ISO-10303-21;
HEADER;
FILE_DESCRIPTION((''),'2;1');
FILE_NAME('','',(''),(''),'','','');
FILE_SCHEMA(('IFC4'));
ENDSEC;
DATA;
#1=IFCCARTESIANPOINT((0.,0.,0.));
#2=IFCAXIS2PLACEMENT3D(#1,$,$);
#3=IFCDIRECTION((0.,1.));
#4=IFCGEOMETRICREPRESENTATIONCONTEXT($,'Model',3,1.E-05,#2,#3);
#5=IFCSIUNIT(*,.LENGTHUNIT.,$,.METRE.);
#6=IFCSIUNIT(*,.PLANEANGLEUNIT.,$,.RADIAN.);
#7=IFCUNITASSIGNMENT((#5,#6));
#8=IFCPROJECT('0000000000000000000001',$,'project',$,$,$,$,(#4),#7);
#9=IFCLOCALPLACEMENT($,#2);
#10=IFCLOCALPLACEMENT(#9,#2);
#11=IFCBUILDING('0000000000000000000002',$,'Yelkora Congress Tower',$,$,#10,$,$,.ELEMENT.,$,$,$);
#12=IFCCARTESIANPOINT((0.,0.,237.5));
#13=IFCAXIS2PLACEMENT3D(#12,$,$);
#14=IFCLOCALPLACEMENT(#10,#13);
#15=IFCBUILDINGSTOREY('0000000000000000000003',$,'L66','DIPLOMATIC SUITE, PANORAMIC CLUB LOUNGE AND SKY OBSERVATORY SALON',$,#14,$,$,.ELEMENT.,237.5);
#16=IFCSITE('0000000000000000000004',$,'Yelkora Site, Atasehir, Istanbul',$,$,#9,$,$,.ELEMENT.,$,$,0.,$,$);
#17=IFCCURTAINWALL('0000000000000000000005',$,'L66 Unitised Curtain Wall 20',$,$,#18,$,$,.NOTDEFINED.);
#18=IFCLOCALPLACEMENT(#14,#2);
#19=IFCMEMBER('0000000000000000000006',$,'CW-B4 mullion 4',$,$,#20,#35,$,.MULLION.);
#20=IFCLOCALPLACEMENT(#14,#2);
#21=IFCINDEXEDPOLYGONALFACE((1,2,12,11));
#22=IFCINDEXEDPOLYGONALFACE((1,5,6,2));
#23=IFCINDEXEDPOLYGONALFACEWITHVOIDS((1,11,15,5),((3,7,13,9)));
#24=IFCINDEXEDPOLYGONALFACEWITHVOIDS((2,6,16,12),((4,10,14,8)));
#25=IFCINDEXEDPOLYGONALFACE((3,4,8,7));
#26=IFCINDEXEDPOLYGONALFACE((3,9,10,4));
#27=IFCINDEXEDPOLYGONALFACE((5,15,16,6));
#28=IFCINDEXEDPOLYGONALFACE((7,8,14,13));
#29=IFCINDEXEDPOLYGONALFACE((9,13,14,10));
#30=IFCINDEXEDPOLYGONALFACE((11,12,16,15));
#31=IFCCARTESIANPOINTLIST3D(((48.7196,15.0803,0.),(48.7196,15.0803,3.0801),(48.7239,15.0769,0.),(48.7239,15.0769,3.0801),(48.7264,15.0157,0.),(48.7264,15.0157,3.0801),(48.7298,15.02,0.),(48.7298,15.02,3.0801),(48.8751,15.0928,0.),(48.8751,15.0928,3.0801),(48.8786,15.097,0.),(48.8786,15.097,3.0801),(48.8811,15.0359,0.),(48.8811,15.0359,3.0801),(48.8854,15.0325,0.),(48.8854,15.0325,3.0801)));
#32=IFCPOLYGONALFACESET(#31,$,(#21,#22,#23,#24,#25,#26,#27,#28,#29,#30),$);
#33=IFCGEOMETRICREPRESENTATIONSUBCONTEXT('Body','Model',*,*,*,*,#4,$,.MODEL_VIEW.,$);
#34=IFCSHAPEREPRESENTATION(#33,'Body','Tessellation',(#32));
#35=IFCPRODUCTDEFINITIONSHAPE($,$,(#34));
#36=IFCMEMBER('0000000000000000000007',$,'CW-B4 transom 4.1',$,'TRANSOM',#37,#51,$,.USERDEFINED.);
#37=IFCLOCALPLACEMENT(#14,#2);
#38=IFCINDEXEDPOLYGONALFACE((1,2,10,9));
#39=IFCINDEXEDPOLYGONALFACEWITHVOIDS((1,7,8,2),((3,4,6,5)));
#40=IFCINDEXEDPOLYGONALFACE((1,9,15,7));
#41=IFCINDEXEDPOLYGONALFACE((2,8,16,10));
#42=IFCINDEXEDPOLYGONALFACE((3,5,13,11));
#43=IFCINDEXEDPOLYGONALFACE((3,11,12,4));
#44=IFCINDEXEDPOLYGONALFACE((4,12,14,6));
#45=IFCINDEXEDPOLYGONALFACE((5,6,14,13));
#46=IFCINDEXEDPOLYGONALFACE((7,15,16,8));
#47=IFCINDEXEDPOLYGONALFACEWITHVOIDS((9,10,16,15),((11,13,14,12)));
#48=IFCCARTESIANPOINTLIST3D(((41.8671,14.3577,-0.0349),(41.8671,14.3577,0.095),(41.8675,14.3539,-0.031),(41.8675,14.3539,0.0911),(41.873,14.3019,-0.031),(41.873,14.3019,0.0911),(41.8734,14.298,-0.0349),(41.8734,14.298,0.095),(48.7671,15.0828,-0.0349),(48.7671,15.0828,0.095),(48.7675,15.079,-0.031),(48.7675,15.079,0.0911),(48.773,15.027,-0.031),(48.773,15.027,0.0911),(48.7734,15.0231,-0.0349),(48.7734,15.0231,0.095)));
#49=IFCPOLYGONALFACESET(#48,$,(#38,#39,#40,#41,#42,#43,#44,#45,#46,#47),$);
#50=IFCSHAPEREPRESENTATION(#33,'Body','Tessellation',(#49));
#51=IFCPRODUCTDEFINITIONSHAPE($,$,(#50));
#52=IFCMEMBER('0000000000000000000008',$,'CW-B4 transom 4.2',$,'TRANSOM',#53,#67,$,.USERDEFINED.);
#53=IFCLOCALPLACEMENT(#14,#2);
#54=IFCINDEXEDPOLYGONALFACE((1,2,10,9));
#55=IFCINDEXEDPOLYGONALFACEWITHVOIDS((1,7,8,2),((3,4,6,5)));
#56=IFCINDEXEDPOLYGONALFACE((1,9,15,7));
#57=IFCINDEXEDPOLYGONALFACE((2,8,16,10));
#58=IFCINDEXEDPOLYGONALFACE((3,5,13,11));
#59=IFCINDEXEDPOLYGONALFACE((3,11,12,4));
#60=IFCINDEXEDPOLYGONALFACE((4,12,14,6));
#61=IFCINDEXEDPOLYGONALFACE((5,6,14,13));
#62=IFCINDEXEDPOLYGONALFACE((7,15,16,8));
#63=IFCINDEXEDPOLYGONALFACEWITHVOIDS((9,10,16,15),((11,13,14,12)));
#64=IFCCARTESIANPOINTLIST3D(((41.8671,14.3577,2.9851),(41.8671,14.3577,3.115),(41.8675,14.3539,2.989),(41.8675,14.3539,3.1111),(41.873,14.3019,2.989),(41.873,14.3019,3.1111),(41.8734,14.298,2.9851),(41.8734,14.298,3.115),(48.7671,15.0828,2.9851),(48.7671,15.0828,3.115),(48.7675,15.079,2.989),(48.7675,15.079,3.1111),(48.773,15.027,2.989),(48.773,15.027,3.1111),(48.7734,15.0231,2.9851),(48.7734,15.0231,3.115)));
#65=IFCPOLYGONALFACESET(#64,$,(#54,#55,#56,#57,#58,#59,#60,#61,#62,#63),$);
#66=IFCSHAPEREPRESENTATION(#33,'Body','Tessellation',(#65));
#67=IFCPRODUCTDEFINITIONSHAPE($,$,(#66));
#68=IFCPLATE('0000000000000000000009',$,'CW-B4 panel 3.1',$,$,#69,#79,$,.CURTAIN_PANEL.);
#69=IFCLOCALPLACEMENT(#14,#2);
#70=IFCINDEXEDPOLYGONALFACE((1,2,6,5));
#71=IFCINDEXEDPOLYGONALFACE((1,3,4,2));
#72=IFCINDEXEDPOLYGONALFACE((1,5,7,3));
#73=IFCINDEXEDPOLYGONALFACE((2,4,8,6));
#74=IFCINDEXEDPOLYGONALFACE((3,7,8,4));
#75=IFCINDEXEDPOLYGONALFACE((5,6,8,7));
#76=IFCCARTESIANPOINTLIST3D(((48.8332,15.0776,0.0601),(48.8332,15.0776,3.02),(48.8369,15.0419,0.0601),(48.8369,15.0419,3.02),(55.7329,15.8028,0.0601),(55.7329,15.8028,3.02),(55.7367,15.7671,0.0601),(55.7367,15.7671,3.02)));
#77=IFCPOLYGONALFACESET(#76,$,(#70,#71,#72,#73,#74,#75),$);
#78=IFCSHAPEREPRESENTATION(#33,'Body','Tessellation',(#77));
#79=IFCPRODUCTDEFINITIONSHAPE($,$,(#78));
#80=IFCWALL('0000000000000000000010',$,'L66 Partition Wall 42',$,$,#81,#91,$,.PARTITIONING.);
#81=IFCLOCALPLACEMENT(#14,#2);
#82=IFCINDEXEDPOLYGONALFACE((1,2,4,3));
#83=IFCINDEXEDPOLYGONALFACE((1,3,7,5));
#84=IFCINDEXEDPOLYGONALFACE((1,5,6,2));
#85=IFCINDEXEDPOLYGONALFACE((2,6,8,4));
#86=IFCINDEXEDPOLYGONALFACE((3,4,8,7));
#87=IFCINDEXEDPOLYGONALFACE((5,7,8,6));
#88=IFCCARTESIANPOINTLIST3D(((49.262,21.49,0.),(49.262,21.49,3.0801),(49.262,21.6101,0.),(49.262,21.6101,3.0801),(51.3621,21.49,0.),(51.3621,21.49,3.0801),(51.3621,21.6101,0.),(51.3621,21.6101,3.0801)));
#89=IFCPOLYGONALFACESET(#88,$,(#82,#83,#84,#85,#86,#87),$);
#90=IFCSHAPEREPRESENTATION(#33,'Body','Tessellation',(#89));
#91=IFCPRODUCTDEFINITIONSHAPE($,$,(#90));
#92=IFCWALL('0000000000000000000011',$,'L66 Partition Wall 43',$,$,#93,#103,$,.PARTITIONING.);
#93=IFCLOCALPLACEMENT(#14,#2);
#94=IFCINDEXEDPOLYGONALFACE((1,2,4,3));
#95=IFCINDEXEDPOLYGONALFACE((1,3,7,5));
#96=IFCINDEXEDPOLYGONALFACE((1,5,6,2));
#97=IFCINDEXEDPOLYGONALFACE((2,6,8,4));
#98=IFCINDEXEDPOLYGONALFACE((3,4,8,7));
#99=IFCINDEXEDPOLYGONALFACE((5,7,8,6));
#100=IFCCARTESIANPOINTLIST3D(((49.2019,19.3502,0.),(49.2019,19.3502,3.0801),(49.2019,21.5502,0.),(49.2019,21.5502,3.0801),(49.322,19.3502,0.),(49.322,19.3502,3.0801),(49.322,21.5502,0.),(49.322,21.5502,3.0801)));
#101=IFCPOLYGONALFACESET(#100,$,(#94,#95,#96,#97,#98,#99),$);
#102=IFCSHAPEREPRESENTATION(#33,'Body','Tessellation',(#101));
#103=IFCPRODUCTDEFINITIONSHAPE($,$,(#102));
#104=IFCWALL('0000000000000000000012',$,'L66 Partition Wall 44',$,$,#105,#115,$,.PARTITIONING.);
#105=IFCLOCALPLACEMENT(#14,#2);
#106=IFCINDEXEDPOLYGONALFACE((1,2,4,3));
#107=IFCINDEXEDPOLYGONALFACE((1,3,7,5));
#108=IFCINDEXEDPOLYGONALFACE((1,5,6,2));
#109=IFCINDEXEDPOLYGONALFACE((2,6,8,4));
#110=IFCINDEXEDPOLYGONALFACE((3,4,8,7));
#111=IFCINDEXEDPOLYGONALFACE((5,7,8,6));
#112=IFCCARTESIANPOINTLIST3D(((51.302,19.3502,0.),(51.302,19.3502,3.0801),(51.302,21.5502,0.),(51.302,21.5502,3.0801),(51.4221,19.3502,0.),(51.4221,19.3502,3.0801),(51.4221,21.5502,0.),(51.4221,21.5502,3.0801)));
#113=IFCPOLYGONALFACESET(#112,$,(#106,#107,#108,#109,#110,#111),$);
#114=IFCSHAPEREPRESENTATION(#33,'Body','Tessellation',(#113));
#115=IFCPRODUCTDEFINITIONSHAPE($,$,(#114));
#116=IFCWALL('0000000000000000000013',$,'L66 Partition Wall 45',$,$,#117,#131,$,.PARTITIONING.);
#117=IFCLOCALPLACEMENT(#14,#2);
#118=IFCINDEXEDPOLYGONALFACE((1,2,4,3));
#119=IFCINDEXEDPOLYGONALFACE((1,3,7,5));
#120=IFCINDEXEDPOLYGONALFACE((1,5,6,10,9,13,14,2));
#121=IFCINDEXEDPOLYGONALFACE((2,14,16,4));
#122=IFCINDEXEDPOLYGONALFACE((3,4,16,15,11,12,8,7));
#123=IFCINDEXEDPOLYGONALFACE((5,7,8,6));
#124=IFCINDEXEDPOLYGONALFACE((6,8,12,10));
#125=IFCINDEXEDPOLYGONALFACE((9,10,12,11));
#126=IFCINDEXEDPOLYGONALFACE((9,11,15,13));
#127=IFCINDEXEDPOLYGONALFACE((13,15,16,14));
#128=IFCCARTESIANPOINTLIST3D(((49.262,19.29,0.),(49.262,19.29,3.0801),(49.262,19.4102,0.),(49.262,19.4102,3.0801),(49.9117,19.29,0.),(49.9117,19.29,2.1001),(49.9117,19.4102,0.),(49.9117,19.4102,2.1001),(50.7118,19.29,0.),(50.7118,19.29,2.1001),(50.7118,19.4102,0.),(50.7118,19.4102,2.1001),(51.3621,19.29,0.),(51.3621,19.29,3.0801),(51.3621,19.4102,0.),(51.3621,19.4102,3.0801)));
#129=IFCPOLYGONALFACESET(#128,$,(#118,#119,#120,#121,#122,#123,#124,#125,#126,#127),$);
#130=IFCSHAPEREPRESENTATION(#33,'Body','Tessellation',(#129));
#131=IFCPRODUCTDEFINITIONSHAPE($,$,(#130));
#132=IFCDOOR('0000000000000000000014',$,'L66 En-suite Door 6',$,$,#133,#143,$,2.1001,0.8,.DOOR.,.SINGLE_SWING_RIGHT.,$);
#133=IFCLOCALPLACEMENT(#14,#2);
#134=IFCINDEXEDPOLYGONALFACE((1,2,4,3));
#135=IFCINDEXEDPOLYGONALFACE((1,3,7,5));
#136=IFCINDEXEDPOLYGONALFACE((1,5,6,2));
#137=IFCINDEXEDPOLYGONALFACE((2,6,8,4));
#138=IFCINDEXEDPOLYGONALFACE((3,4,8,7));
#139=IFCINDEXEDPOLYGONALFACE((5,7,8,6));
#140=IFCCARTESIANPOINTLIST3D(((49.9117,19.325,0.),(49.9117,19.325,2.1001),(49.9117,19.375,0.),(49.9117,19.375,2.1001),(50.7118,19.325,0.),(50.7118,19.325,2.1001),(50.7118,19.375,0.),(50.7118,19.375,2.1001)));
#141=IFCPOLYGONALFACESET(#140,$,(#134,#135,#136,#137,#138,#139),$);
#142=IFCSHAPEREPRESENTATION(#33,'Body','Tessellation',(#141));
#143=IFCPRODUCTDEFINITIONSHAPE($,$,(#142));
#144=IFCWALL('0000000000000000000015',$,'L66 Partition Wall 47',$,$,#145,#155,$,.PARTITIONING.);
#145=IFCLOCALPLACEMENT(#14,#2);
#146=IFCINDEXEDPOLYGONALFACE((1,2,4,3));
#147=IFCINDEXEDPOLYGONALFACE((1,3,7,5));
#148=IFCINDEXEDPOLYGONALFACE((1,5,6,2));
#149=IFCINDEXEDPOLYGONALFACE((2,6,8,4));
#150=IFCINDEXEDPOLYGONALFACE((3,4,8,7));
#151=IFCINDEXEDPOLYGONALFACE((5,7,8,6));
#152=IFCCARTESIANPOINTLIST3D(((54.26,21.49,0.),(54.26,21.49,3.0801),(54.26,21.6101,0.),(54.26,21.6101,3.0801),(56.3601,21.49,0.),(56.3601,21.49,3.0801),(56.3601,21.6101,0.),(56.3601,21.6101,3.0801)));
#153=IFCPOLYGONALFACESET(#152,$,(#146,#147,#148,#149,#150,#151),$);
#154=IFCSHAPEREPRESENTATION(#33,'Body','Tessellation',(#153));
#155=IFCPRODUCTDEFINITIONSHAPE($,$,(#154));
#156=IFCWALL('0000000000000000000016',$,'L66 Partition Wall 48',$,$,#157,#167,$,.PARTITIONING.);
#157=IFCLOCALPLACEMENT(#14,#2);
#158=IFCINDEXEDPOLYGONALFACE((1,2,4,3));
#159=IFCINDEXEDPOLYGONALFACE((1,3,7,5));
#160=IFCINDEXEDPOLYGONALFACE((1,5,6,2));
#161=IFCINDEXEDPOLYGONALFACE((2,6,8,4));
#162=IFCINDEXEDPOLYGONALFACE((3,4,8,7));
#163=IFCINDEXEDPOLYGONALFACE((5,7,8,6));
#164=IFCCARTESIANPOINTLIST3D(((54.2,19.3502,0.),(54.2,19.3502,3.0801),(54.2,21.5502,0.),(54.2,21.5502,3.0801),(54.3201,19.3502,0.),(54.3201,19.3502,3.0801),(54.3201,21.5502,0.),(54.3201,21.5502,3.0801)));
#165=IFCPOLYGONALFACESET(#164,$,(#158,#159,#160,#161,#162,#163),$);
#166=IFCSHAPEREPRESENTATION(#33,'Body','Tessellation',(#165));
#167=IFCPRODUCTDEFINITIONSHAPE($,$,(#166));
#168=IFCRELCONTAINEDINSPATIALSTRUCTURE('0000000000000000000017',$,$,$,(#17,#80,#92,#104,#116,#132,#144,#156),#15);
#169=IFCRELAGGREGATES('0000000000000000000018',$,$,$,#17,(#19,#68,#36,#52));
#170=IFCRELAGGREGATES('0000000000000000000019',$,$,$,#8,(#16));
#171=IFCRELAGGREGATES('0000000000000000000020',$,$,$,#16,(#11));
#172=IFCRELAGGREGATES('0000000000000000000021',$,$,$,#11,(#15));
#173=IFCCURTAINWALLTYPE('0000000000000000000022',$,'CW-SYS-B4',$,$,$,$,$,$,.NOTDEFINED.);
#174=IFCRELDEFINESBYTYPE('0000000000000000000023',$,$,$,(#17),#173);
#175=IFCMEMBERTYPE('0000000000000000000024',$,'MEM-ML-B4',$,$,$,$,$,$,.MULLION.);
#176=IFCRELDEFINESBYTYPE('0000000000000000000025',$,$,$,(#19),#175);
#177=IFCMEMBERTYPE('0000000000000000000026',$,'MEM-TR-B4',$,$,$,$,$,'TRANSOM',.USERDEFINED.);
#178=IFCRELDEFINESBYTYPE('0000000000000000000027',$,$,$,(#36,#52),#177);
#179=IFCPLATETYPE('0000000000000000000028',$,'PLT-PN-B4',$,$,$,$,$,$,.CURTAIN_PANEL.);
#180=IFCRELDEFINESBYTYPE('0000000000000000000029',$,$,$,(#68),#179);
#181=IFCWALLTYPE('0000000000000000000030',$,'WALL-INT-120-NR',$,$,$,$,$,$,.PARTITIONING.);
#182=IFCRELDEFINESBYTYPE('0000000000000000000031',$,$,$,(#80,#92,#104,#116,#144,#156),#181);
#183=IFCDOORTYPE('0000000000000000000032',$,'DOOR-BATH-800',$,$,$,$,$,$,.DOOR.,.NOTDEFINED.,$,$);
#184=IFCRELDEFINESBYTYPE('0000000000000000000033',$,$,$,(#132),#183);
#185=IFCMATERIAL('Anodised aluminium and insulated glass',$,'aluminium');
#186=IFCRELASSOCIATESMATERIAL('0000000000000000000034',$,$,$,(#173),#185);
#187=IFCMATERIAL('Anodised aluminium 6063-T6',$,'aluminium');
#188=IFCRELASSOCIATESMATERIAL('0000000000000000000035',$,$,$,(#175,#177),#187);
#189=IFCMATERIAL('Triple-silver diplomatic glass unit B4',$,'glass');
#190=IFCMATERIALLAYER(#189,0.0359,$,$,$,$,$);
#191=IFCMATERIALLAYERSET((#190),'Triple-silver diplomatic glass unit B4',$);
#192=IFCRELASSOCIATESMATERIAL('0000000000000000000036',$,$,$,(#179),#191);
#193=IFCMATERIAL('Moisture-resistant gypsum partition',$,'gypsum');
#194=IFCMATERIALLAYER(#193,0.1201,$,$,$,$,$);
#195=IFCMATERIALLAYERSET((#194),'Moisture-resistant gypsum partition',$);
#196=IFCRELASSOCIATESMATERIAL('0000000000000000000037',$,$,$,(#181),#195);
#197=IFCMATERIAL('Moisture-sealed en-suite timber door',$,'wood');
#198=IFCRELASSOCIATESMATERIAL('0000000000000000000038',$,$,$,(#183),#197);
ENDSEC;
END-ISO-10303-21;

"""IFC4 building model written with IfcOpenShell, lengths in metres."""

from ifc_helpers import new_model, si_unit, direction, frame, frame_2d, origin, origin_2d, place, context, subcontext, project, spatial, rectangle, hollow_rectangle, extrude, material, layer, layer_set, material_profile, profile_set, type_object, element, fill, aggregate, save


model = new_model("IFC4")

# Units and contexts
model_context = context("Model", 3, precision=1e-05, world=origin(), true_north=direction((0.0, 1.0)))
body_context = subcontext(model_context, "Body", "Model", "MODEL_VIEW")
ifc_project = project(units=[si_unit("LENGTHUNIT", "METRE"), si_unit("PLANEANGLEUNIT", "RADIAN")], contexts=[model_context])

# Site, building, storey
site_placement = place(None, origin())
site = spatial("IfcSite", under=ifc_project, at=site_placement, Name="Yelkora Site, Atasehir, Istanbul", CompositionType="ELEMENT", RefElevation=0.0)
building_placement = place(site_placement, origin())
building = spatial("IfcBuilding", under=site, at=building_placement, Name="Yelkora Congress Tower", CompositionType="ELEMENT")
storey_placement = place(building_placement, frame((0.0, 0.0, 237.5)))
storey = spatial("IfcBuildingStorey", under=building, at=storey_placement, Name="L66", Description="DIPLOMATIC SUITE, PANORAMIC CLUB LOUNGE AND SKY OBSERVATORY SALON", CompositionType="ELEMENT", Elevation=237.5)

# Curtain wall, members, plate
ifc_material_1 = material(Name="Anodised aluminium and insulated glass", Category="aluminium")
curtain_wall_type = type_object("IfcCurtainWallType", Name="CW-SYS-B4", PredefinedType="NOTDEFINED", material=ifc_material_1)
curtain_wall_placement = place(storey_placement, origin())
curtain_wall = element("IfcCurtainWall", 1, at=curtain_wall_placement, inside=storey, type_object=curtain_wall_type, Name="L66 Unitised Curtain Wall 20", PredefinedType="NOTDEFINED")
ifc_material_2 = material(Name="Anodised aluminium 6063-T6", Category="aluminium")
ifc_material_profile_1 = material_profile(ifc_material_2, hollow_rectangle(XDim=0.0649, YDim=0.1599, WallThickness=0.0039, at=origin_2d()), Name="ALU 65x160x4")
ifc_profile_set_1 = profile_set([ifc_material_profile_1], Name="Anodised aluminium 6063-T6")
member_type_1 = type_object("IfcMemberType", Name="MEM-ML-B4", PredefinedType="MULLION", material=ifc_profile_set_1)
member_1_placement = place(storey_placement, frame((48.8025, 15.0564, 0.0), z_axis=(0.0, 0.0, 1.0), x_axis=(0.104527, -0.994522, 0.0)))
member_1 = element("IfcMember", 2, at=member_1_placement, type_object=member_type_1, Name="CW-B4 mullion 4", PredefinedType="MULLION", context=body_context, shape_type="SweptSolid", body=[
    extrude(hollow_rectangle(XDim=0.0649, YDim=0.1599, WallThickness=0.0039, at=origin_2d()), origin(), (0.0, 0.0, 1.0), 3.0801),
])
ifc_material_profile_2 = material_profile(ifc_material_2, hollow_rectangle(XDim=0.0601, YDim=0.1299, WallThickness=0.0039, at=origin_2d()), Name="ALU 60x130x4")
ifc_profile_set_2 = profile_set([ifc_material_profile_2], Name="Anodised aluminium 6063-T6")
member_type_2 = type_object("IfcMemberType", Name="MEM-TR-B4", ElementType="TRANSOM", PredefinedType="USERDEFINED", material=ifc_profile_set_2)
member_2_placement = place(storey_placement, frame((48.7703, 15.053, 0.03), z_axis=(-0.994524, -0.104513, 0.0), x_axis=(0.104513, -0.994524, 0.0)))
member_2 = element("IfcMember", 3, at=member_2_placement, type_object=member_type_2, Name="CW-B4 transom 4.1", ObjectType="TRANSOM", PredefinedType="USERDEFINED", context=body_context, shape_type="SweptSolid", body=[
    extrude(hollow_rectangle(XDim=0.0601, YDim=0.1299, WallThickness=0.0039, at=origin_2d()), origin(), (0.0, 0.0, 1.0), 6.938),
])
member_3_placement = place(storey_placement, frame((48.7703, 15.053, 3.05), z_axis=(-0.994524, -0.104513, 0.0), x_axis=(0.104513, -0.994524, 0.0)))
member_3 = element("IfcMember", 4, at=member_3_placement, type_object=member_type_2, Name="CW-B4 transom 4.2", ObjectType="TRANSOM", PredefinedType="USERDEFINED", context=body_context, shape_type="SweptSolid", body=[
    extrude(hollow_rectangle(XDim=0.0601, YDim=0.1299, WallThickness=0.0039, at=origin_2d()), origin(), (0.0, 0.0, 1.0), 6.938),
])
ifc_material_3 = material(Name="Triple-silver diplomatic glass unit B4", Category="glass")
ifc_layer_1 = layer(ifc_material_3, 0.0359)
ifc_layer_set_1 = layer_set([ifc_layer_1], Name="Triple-silver diplomatic glass unit B4")
plate_type = type_object("IfcPlateType", Name="PLT-PN-B4", PredefinedType="CURTAIN_PANEL", material=ifc_layer_set_1)
plate_placement = place(storey_placement, frame((52.2849, 15.4224, 0.0601), z_axis=(0.0, 0.0, 1.0), x_axis=(-0.994522, -0.104527, 0.0)))
plate = element("IfcPlate", 5, at=plate_placement, type_object=plate_type, Name="CW-B4 panel 3.1", PredefinedType="CURTAIN_PANEL", context=body_context, shape_type="SweptSolid", body=[
    extrude(rectangle(XDim=6.9377, YDim=0.0359, at=origin_2d()), origin(), (0.0, 0.0, 1.0), 2.96),
])
aggregate(curtain_wall, [member_1, plate, member_2, member_3])

# Walls
ifc_material_4 = material(Name="Moisture-resistant gypsum partition", Category="gypsum")
ifc_layer_2 = layer(ifc_material_4, 0.1201)
ifc_layer_set_2 = layer_set([ifc_layer_2], Name="Moisture-resistant gypsum partition")
wall_type_1 = type_object("IfcWallType", Name="WALL-INT-120-NR", PredefinedType="PARTITIONING", material=ifc_layer_set_2)
wall_1_placement = place(storey_placement, frame((49.262, 21.55, 0.0), z_axis=(0.0, 0.0, 1.0), x_axis=(1.0, 0.0, 0.0)))
element("IfcWall", 6, at=wall_1_placement, inside=storey, type_object=wall_type_1, Name="L66 Partition Wall 42", PredefinedType="PARTITIONING", context=body_context, shape_type="SweptSolid", body=[
    extrude(rectangle(XDim=2.1001, YDim=0.1201, at=frame_2d((1.05, 0.0))), origin(), (0.0, 0.0, 1.0), 3.0801),
])
for number, where, z_axis, x_axis, name in (
    (7, (49.262, 19.3501, 0.0), (0.0, 0.0, 1.0), (0.0, 1.0, 0.0), "L66 Partition Wall 43"),
    (8, (51.3621, 19.3501, 0.0), (0.0, 0.0, 1.0), (0.0, 1.0, 0.0), "L66 Partition Wall 44"),
):
    element("IfcWall", number, at=place(storey_placement, frame(where, z_axis=z_axis, x_axis=x_axis)), inside=storey, type_object=wall_type_1, Name=name, PredefinedType="PARTITIONING", context=body_context, shape_type="SweptSolid", body=[
        extrude(rectangle(XDim=2.2, YDim=0.1201, at=frame_2d((1.1001, 0.0))), origin(), (0.0, 0.0, 1.0), 3.0801),
    ])

# Wall, opening, door
wall_2_placement = place(storey_placement, frame((49.262, 19.3501, 0.0), z_axis=(0.0, 0.0, 1.0), x_axis=(1.0, 0.0, 0.0)))
wall_2 = element("IfcWall", 9, at=wall_2_placement, inside=storey, type_object=wall_type_1, Name="L66 Partition Wall 45", PredefinedType="PARTITIONING", context=body_context, shape_type="SweptSolid", body=[
    extrude(rectangle(XDim=2.1001, YDim=0.1201, at=frame_2d((1.05, 0.0))), origin(), (0.0, 0.0, 1.0), 3.0801),
])
opening_1_placement = place(wall_2_placement, frame((0.6499, 0.0, 0.0)))
opening_1 = element("IfcOpeningElement", 10, at=opening_1_placement, cuts=wall_2, PredefinedType="OPENING", context=body_context, shape_type="SweptSolid", body=[
    extrude(rectangle(XDim=0.8, YDim=2.1001, at=frame_2d((0.3999, 1.05))), frame((0.0, 0.0701, 0.0), z_axis=(0.0, -1.0, 0.0), x_axis=(1.0, 0.0, 0.0)), (0.0, 0.0, 1.0), 0.1401),
])
ifc_material_5 = material(Name="Moisture-sealed en-suite timber door", Category="wood")
door_type = type_object("IfcDoorType", Name="DOOR-BATH-800", OperationType="NOTDEFINED", PredefinedType="DOOR", material=ifc_material_5)
door_1_placement = place(opening_1_placement, origin())
door_1 = element("IfcDoor", 11, at=door_1_placement, inside=storey, type_object=door_type, Name="L66 En-suite Door 6", OperationType="SINGLE_SWING_RIGHT", OverallHeight=2.1001, OverallWidth=0.8, PredefinedType="DOOR", context=body_context, shape_type="SweptSolid", body=[
    extrude(rectangle(XDim=0.8, YDim=2.1001, at=frame_2d((0.3999, 1.05))), frame((0.0, 0.0249, 0.0), z_axis=(0.0, -1.0, 0.0), x_axis=(1.0, 0.0, 0.0)), (0.0, 0.0, 1.0), 0.05),
])
fill(opening_1, door_1)

# Walls
wall_3_placement = place(storey_placement, frame((54.26, 21.55, 0.0), z_axis=(0.0, 0.0, 1.0), x_axis=(1.0, 0.0, 0.0)))
element("IfcWall", 12, at=wall_3_placement, inside=storey, type_object=wall_type_1, Name="L66 Partition Wall 47", PredefinedType="PARTITIONING", context=body_context, shape_type="SweptSolid", body=[
    extrude(rectangle(XDim=2.1001, YDim=0.1201, at=frame_2d((1.05, 0.0))), origin(), (0.0, 0.0, 1.0), 3.0801),
])
wall_4_placement = place(storey_placement, frame((54.26, 19.3501, 0.0), z_axis=(0.0, 0.0, 1.0), x_axis=(0.0, 1.0, 0.0)))
element("IfcWall", 13, at=wall_4_placement, inside=storey, type_object=wall_type_1, Name="L66 Partition Wall 48", PredefinedType="PARTITIONING", context=body_context, shape_type="SweptSolid", body=[
    extrude(rectangle(XDim=2.2, YDim=0.1201, at=frame_2d((1.1001, 0.0))), origin(), (0.0, 0.0, 1.0), 3.0801),
])

save(model, "model.ifc")
